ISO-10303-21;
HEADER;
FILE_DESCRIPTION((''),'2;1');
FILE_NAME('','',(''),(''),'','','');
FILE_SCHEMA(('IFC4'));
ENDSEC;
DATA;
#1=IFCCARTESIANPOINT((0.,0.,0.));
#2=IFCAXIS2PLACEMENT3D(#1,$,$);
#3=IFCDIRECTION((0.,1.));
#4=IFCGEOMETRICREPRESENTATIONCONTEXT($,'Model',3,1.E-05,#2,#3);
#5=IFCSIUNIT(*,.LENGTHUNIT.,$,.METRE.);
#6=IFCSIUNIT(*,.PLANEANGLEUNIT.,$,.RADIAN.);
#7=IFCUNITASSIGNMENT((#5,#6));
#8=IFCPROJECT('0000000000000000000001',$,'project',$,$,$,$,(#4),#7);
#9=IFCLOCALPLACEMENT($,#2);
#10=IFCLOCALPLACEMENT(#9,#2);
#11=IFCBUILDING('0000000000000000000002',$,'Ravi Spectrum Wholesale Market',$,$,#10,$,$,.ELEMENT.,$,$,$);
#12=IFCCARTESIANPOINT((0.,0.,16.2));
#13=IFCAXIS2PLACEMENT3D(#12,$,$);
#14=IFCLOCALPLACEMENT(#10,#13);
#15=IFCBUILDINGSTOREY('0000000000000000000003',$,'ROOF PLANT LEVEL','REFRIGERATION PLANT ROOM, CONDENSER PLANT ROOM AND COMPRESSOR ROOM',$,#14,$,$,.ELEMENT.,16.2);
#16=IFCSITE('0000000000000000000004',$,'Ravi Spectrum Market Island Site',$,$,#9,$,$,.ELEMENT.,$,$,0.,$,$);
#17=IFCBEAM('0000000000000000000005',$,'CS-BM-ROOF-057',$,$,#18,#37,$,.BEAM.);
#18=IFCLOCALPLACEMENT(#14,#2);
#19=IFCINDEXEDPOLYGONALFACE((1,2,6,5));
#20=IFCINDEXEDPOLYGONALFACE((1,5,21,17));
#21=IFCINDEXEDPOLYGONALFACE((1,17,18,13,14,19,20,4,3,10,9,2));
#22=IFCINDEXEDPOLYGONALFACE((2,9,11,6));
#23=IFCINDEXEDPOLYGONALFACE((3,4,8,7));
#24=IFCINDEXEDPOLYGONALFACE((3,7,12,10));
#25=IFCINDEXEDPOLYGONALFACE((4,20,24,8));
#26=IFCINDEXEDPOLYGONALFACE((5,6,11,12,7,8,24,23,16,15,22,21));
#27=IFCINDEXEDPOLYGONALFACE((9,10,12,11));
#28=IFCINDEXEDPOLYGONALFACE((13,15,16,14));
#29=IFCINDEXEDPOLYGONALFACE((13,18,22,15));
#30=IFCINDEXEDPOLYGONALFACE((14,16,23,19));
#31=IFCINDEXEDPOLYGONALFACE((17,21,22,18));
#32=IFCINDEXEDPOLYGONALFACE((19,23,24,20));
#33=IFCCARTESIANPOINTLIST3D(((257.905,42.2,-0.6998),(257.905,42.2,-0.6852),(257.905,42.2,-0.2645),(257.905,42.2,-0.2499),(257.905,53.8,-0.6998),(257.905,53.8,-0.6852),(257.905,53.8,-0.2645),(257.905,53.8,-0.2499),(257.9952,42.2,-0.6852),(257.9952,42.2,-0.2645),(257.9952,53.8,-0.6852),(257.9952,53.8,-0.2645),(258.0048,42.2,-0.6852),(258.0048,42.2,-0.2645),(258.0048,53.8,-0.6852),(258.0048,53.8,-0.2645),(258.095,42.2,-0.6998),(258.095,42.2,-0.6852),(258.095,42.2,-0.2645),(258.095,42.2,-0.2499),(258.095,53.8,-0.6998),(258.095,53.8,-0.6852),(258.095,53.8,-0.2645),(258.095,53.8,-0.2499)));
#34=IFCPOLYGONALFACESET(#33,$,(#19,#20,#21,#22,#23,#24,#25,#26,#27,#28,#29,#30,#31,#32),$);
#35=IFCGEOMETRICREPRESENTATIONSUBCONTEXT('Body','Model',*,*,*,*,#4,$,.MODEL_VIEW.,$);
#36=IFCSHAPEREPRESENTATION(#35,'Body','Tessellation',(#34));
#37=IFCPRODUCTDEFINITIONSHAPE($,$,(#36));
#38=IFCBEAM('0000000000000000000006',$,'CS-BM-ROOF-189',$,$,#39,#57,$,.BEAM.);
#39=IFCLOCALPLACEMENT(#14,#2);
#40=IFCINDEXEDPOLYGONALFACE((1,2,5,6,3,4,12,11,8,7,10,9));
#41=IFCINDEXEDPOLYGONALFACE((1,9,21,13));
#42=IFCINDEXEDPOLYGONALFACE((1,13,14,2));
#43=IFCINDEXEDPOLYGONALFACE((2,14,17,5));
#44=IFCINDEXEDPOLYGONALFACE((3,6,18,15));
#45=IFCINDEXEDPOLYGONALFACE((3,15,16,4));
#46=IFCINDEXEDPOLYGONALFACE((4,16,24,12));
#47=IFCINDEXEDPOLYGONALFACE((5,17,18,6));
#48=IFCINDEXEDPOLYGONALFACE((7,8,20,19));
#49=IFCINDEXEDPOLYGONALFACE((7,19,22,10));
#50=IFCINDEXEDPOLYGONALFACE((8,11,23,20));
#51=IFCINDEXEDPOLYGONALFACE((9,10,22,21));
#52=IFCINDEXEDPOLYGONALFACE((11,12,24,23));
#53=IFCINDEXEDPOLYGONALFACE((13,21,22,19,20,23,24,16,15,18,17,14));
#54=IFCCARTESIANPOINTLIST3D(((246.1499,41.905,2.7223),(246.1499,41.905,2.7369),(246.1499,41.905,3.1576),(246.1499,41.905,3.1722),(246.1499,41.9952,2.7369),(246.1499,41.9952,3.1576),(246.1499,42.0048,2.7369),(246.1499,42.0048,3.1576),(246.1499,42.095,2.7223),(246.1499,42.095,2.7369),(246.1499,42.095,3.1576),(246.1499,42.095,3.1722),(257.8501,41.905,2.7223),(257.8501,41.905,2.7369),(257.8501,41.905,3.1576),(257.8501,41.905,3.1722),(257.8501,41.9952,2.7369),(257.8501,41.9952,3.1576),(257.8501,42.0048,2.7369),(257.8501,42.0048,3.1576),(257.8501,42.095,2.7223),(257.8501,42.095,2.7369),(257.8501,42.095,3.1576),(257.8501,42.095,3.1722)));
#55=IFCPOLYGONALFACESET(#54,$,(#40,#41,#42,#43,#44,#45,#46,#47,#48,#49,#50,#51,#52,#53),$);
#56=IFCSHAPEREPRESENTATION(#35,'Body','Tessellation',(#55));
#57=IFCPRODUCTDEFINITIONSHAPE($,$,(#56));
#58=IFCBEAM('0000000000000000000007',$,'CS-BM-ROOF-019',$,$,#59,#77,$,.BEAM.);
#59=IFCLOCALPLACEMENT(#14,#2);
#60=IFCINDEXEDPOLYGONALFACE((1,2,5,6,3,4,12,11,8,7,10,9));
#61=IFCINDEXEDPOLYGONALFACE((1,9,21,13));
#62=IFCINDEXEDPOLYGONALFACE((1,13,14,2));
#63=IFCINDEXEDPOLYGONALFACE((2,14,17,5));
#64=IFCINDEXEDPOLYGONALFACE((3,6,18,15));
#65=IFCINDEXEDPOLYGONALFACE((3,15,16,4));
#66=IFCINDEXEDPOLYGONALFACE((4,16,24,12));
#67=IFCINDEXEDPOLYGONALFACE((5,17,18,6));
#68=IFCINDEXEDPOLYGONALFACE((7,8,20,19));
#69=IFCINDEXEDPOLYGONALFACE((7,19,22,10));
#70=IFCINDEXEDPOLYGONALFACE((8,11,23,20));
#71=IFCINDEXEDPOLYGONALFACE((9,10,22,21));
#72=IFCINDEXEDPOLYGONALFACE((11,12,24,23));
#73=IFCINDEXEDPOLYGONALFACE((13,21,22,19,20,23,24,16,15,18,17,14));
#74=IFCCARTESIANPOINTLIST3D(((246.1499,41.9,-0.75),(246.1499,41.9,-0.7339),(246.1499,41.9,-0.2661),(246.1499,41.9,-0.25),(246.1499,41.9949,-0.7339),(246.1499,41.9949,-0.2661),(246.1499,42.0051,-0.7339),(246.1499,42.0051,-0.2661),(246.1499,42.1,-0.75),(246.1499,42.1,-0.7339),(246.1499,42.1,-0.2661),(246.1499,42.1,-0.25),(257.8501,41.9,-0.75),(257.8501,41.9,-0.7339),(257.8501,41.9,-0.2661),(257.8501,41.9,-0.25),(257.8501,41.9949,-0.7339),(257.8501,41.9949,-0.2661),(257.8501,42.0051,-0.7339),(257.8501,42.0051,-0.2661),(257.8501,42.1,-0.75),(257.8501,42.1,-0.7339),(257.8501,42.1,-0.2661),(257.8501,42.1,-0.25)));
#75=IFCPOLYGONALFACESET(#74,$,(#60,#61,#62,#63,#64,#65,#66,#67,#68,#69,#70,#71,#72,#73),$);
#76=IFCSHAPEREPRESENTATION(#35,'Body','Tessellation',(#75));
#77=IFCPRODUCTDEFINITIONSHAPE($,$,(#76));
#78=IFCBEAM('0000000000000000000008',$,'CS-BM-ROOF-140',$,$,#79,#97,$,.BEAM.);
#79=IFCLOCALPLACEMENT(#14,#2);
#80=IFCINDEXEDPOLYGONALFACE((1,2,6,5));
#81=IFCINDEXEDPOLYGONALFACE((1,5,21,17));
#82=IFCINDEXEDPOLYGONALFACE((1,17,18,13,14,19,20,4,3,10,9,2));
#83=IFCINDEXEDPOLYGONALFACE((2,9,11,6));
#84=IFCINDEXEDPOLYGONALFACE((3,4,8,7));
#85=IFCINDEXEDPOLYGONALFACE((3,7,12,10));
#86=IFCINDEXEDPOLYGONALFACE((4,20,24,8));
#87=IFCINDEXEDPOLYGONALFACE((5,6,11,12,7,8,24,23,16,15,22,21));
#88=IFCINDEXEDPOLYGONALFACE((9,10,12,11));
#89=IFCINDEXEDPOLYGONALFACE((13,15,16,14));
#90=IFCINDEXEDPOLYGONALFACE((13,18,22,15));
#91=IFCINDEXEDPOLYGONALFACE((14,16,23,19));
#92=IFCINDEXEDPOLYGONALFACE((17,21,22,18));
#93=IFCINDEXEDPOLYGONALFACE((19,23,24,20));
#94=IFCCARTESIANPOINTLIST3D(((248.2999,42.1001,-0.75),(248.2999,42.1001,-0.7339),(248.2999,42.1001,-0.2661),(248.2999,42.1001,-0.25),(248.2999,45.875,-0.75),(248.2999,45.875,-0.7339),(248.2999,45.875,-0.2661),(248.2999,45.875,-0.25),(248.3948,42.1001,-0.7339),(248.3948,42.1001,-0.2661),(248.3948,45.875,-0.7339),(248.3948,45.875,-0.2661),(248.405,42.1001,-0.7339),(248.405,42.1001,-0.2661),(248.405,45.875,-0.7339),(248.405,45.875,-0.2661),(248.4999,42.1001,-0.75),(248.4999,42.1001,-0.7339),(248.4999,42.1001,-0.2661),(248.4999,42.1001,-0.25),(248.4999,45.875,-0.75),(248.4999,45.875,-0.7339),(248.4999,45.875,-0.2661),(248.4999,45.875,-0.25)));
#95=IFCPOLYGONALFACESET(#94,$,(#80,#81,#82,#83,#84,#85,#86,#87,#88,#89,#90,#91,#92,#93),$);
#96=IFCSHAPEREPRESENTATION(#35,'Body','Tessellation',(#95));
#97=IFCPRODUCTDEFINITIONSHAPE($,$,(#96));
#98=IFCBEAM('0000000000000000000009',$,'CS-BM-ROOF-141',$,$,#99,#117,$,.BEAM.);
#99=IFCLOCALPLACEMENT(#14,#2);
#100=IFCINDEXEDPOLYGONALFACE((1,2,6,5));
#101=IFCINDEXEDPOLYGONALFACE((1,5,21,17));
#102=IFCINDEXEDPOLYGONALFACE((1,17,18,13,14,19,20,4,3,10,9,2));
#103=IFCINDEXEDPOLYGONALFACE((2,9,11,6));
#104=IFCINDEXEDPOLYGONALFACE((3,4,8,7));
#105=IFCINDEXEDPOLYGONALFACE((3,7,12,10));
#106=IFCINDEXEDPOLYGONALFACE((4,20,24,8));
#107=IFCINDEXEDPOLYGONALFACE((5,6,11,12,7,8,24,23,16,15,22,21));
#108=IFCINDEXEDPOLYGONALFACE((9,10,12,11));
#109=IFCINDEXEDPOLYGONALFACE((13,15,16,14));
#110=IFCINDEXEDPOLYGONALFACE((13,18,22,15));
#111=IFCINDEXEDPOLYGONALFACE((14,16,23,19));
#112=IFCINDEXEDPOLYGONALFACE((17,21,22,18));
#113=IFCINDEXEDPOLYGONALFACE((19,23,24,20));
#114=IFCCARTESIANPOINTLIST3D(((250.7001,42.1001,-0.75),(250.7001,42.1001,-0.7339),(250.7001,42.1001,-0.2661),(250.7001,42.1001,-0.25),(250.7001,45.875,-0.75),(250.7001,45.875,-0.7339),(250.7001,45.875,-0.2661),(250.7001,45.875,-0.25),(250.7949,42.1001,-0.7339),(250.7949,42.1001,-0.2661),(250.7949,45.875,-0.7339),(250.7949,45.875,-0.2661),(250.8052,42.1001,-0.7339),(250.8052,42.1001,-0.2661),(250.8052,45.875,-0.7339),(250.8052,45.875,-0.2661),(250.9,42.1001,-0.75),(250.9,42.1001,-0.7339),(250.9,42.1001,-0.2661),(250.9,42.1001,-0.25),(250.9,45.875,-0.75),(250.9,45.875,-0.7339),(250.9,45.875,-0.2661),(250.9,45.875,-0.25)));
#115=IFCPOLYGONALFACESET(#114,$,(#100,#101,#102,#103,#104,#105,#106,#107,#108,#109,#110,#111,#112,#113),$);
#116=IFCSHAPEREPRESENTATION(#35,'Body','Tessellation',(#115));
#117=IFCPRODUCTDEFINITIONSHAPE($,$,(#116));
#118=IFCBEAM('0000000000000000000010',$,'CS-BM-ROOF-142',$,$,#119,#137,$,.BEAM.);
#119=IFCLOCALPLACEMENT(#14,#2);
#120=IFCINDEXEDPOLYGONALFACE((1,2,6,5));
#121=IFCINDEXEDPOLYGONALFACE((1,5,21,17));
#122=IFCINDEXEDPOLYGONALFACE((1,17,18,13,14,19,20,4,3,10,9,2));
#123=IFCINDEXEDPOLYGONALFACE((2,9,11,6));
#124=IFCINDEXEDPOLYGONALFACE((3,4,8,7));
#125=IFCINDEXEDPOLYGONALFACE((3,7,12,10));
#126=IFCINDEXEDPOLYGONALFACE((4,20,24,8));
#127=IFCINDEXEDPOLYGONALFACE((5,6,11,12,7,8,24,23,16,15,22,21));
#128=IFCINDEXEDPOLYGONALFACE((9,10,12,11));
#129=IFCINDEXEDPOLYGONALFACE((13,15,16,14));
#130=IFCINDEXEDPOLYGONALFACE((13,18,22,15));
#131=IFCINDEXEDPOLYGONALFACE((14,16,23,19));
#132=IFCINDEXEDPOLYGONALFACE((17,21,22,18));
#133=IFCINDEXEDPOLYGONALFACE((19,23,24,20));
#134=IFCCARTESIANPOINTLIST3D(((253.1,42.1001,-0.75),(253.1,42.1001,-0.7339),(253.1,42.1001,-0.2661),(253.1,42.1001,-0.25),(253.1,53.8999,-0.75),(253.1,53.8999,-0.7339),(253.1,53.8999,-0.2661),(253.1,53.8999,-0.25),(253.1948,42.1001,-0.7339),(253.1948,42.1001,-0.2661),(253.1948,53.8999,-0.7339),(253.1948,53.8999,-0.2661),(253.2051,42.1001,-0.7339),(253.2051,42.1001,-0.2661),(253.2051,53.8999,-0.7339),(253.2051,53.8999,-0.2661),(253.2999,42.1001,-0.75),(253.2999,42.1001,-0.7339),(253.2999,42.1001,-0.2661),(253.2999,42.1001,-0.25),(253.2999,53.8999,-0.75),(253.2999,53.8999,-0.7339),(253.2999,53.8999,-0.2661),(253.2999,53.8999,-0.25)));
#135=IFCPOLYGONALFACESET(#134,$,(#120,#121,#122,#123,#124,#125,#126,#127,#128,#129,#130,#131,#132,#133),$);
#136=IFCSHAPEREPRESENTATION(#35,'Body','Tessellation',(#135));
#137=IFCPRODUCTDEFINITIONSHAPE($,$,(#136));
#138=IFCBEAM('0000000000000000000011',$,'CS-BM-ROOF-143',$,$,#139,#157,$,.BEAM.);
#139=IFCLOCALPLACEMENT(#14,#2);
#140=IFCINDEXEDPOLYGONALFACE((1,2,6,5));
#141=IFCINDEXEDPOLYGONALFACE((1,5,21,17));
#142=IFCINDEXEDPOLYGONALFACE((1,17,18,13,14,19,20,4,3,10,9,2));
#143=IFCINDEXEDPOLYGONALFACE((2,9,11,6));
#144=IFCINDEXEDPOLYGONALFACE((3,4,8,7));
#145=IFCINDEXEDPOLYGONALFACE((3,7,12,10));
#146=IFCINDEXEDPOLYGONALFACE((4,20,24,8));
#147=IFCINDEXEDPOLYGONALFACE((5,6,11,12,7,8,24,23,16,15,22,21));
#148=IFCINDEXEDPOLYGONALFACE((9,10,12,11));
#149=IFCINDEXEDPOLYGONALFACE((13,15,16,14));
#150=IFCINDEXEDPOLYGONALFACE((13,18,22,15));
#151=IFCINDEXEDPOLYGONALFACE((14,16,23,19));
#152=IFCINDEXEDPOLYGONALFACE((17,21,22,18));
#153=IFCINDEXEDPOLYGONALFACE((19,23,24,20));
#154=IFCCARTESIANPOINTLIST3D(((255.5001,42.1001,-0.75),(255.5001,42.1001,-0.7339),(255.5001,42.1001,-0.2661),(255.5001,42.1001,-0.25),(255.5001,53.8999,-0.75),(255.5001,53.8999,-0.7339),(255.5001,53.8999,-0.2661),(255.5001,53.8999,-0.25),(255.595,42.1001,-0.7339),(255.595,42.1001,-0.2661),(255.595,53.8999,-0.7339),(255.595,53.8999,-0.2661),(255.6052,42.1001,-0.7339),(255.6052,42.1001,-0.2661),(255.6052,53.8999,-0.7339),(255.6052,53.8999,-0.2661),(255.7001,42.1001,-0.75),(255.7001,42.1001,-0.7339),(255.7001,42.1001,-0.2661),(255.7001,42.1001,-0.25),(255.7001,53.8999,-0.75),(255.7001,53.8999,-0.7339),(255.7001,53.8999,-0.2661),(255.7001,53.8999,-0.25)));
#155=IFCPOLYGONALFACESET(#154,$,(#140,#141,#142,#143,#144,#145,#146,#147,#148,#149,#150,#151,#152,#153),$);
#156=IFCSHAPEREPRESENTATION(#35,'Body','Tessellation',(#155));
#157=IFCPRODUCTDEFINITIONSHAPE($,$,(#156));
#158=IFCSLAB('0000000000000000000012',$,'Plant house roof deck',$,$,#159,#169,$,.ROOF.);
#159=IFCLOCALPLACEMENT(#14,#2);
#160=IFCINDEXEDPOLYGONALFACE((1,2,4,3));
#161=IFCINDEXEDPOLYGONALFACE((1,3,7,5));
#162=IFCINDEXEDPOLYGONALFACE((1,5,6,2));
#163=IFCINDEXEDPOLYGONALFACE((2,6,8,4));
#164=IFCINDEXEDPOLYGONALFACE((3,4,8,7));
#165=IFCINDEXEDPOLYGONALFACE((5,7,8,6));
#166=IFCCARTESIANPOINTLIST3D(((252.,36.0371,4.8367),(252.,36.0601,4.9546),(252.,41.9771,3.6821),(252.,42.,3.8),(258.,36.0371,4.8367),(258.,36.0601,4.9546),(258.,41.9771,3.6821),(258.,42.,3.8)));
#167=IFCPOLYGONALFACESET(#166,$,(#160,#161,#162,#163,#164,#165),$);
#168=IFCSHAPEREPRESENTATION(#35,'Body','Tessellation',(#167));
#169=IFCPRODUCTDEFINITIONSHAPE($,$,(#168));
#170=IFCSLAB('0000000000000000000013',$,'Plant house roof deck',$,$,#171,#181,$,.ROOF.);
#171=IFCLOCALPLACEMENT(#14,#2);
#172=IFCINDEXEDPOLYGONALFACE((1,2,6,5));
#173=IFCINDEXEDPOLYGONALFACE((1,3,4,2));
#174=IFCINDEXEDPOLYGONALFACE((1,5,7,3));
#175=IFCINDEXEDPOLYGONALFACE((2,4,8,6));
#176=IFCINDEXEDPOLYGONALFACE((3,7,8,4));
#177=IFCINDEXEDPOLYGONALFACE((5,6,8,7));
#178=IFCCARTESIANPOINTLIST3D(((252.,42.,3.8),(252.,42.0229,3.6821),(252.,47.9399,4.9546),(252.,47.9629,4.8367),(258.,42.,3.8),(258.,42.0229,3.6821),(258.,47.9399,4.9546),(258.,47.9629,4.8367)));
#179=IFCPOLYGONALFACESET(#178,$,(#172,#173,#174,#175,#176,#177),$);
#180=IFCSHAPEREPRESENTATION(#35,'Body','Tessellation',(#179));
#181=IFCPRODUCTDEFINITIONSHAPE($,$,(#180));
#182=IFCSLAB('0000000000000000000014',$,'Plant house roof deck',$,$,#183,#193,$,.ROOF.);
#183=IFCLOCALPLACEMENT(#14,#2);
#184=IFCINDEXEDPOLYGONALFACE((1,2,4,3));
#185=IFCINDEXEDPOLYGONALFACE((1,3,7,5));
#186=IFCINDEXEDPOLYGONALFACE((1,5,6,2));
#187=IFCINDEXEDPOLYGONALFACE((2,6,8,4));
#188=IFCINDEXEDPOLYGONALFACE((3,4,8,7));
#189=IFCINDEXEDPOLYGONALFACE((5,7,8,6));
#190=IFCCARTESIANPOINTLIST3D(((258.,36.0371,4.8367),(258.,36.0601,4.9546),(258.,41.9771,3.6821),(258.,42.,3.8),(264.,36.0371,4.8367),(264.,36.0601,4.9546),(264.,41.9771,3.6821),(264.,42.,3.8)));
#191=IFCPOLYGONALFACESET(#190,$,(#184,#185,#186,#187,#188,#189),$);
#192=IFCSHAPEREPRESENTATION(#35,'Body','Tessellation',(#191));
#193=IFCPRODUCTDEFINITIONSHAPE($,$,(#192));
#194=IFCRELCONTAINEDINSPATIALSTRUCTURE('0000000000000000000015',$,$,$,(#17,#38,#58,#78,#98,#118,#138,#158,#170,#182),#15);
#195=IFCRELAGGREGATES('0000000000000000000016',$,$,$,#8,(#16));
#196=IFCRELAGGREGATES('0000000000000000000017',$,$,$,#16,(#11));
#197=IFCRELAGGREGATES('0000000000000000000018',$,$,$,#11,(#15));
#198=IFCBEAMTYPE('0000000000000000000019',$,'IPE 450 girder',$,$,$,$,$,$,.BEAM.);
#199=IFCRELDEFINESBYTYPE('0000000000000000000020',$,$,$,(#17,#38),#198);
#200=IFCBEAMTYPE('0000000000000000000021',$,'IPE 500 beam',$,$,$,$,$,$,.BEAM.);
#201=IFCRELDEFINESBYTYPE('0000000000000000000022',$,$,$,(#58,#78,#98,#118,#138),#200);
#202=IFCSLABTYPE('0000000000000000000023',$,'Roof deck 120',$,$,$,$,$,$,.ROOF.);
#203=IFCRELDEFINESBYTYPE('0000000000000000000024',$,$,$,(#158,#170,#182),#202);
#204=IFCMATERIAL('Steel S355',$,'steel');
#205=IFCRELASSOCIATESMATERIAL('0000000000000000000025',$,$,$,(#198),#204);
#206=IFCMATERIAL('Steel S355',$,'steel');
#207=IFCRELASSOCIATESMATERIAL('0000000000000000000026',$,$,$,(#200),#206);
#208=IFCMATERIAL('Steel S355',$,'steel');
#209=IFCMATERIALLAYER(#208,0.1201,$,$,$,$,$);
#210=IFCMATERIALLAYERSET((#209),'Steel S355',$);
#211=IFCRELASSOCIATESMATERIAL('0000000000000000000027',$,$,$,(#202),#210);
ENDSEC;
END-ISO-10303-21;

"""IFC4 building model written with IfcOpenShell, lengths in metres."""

from ifc_helpers import new_model, si_unit, direction, frame, origin, origin_2d, place, context, subcontext, project, spatial, polyline, i_section, outline, extrude, material, layer, layer_set, material_profile, profile_set, type_object, element, save


model = new_model("IFC4")

# Units and contexts
model_context = context("Model", 3, precision=1e-05, world=origin(), true_north=direction((0.0, 1.0)))
body_context = subcontext(model_context, "Body", "Model", "MODEL_VIEW")
ifc_project = project(units=[si_unit("LENGTHUNIT", "METRE"), si_unit("PLANEANGLEUNIT", "RADIAN")], contexts=[model_context])

# Site, building, storey
site_placement = place(None, origin())
site = spatial("IfcSite", under=ifc_project, at=site_placement, Name="Ravi Spectrum Market Island Site", CompositionType="ELEMENT", RefElevation=0.0)
building_placement = place(site_placement, origin())
building = spatial("IfcBuilding", under=site, at=building_placement, Name="Ravi Spectrum Wholesale Market", CompositionType="ELEMENT")
storey_placement = place(building_placement, frame((0.0, 0.0, 16.2)))
storey = spatial("IfcBuildingStorey", under=building, at=storey_placement, Name="ROOF PLANT LEVEL", Description="REFRIGERATION PLANT ROOM, CONDENSER PLANT ROOM AND COMPRESSOR ROOM", CompositionType="ELEMENT", Elevation=16.2)

# Beams
ifc_material_1 = material(Name="Steel S355", Category="steel")
ifc_material_profile_1 = material_profile(ifc_material_1, i_section(OverallWidth=0.1899, OverallDepth=0.45, WebThickness=0.0095, FlangeThickness=0.0146, at=origin_2d()))
ifc_profile_set_1 = profile_set([ifc_material_profile_1], Name="Steel S355")
beam_type_1 = type_object("IfcBeamType", Name="IPE 450 girder", PredefinedType="BEAM", material=ifc_profile_set_1)
beam_1_placement = place(storey_placement, frame((258.0, 42.2, -0.4749), z_axis=(0.0, 1.0, 0.0), x_axis=(-1.0, 0.0, 0.0)))
element("IfcBeam", 1, at=beam_1_placement, inside=storey, type_object=beam_type_1, Name="CS-BM-ROOF-057", PredefinedType="BEAM", context=body_context, shape_type="SweptSolid", body=[
    extrude(i_section(OverallWidth=0.1899, OverallDepth=0.45, WebThickness=0.0095, FlangeThickness=0.0146, at=origin_2d()), origin(), (0.0, 0.0, 1.0), 11.6001),
])
beam_2_placement = place(storey_placement, frame((246.1499, 42.0, 2.9473), z_axis=(1.0, 0.0, 0.0), x_axis=(0.0, 1.0, 0.0)))
element("IfcBeam", 2, at=beam_2_placement, inside=storey, type_object=beam_type_1, Name="CS-BM-ROOF-189", PredefinedType="BEAM", context=body_context, shape_type="SweptSolid", body=[
    extrude(i_section(OverallWidth=0.1899, OverallDepth=0.45, WebThickness=0.0095, FlangeThickness=0.0146, at=origin_2d()), origin(), (0.0, 0.0, 1.0), 11.7002),
])
ifc_material_2 = material(Name="Steel S355", Category="steel")
ifc_material_profile_2 = material_profile(ifc_material_2, i_section(OverallWidth=0.2, OverallDepth=0.5, WebThickness=0.0103, FlangeThickness=0.0161, at=origin_2d()))
ifc_profile_set_2 = profile_set([ifc_material_profile_2], Name="Steel S355")
beam_type_2 = type_object("IfcBeamType", Name="IPE 500 beam", PredefinedType="BEAM", material=ifc_profile_set_2)
beam_3_placement = place(storey_placement, frame((246.1499, 42.0, -0.5), z_axis=(1.0, 0.0, 0.0), x_axis=(0.0, 1.0, 0.0)))
element("IfcBeam", 3, at=beam_3_placement, inside=storey, type_object=beam_type_2, Name="CS-BM-ROOF-019", PredefinedType="BEAM", context=body_context, shape_type="SweptSolid", body=[
    extrude(i_section(OverallWidth=0.2, OverallDepth=0.5, WebThickness=0.0103, FlangeThickness=0.0161, at=origin_2d()), origin(), (0.0, 0.0, 1.0), 11.7002),
])
for number, where, z_axis, x_axis, name in (
    (4, (248.3999, 42.1001, -0.5), (0.0, 1.0, 0.0), (-1.0, 0.0, 0.0), "CS-BM-ROOF-140"),
    (5, (250.8, 42.1001, -0.5), (0.0, 1.0, 0.0), (-1.0, 0.0, 0.0), "CS-BM-ROOF-141"),
):
    element("IfcBeam", number, at=place(storey_placement, frame(where, z_axis=z_axis, x_axis=x_axis)), inside=storey, type_object=beam_type_2, Name=name, PredefinedType="BEAM", context=body_context, shape_type="SweptSolid", body=[
        extrude(i_section(OverallWidth=0.2, OverallDepth=0.5, WebThickness=0.0103, FlangeThickness=0.0161, at=origin_2d()), origin(), (0.0, 0.0, 1.0), 3.7749),
    ])
for number, where, z_axis, x_axis, name in (
    (6, (253.2, 42.1001, -0.5), (0.0, 1.0, 0.0), (-1.0, 0.0, 0.0), "CS-BM-ROOF-142"),
    (7, (255.6001, 42.1001, -0.5), (0.0, 1.0, 0.0), (-1.0, 0.0, 0.0), "CS-BM-ROOF-143"),
):
    element("IfcBeam", number, at=place(storey_placement, frame(where, z_axis=z_axis, x_axis=x_axis)), inside=storey, type_object=beam_type_2, Name=name, PredefinedType="BEAM", context=body_context, shape_type="SweptSolid", body=[
        extrude(i_section(OverallWidth=0.2, OverallDepth=0.5, WebThickness=0.0103, FlangeThickness=0.0161, at=origin_2d()), origin(), (0.0, 0.0, 1.0), 11.7998),
    ])

# Slabs
ifc_material_3 = material(Name="Steel S355", Category="steel")
ifc_layer = layer(ifc_material_3, 0.1201)
ifc_layer_set = layer_set([ifc_layer], Name="Steel S355")
slab_type = type_object("IfcSlabType", Name="Roof deck 120", PredefinedType="ROOF", material=ifc_layer_set)
slab_1_placement = place(storey_placement, frame((252.0, 42.0, 3.8), z_axis=(0.0, 0.190798, 0.981629), x_axis=(1.0, 0.0, 0.0)))
element("IfcSlab", 8, at=slab_1_placement, inside=storey, type_object=slab_type, Name="Plant house roof deck", PredefinedType="ROOF", context=body_context, shape_type="SweptSolid", body=[
    extrude(outline(polyline([(0.0, 0.0), (6.0, 0.0), (6.0, -6.0511), (0.0, -6.0511), (0.0, 0.0)])), origin(), (0.0, 0.0, -1.0), 0.1201),
])
slab_2_placement = place(storey_placement, frame((252.0, 42.0, 3.8), z_axis=(0.0, -0.190798, 0.981629), x_axis=(1.0, 0.0, 0.0)))
element("IfcSlab", 9, at=slab_2_placement, inside=storey, type_object=slab_type, Name="Plant house roof deck", PredefinedType="ROOF", context=body_context, shape_type="SweptSolid", body=[
    extrude(outline(polyline([(0.0, 0.0), (6.0, 0.0), (6.0, 6.0511), (0.0, 6.0511), (0.0, 0.0)])), origin(), (0.0, 0.0, -1.0), 0.1201),
])
slab_3_placement = place(storey_placement, frame((258.0, 42.0, 3.8), z_axis=(0.0, 0.190798, 0.981629), x_axis=(1.0, 0.0, 0.0)))
element("IfcSlab", 10, at=slab_3_placement, inside=storey, type_object=slab_type, Name="Plant house roof deck", PredefinedType="ROOF", context=body_context, shape_type="SweptSolid", body=[
    extrude(outline(polyline([(0.0, 0.0), (6.0, 0.0), (6.0, -6.0511), (0.0, -6.0511), (0.0, 0.0)])), origin(), (0.0, 0.0, -1.0), 0.1201),
])

save(model, "model.ifc")
